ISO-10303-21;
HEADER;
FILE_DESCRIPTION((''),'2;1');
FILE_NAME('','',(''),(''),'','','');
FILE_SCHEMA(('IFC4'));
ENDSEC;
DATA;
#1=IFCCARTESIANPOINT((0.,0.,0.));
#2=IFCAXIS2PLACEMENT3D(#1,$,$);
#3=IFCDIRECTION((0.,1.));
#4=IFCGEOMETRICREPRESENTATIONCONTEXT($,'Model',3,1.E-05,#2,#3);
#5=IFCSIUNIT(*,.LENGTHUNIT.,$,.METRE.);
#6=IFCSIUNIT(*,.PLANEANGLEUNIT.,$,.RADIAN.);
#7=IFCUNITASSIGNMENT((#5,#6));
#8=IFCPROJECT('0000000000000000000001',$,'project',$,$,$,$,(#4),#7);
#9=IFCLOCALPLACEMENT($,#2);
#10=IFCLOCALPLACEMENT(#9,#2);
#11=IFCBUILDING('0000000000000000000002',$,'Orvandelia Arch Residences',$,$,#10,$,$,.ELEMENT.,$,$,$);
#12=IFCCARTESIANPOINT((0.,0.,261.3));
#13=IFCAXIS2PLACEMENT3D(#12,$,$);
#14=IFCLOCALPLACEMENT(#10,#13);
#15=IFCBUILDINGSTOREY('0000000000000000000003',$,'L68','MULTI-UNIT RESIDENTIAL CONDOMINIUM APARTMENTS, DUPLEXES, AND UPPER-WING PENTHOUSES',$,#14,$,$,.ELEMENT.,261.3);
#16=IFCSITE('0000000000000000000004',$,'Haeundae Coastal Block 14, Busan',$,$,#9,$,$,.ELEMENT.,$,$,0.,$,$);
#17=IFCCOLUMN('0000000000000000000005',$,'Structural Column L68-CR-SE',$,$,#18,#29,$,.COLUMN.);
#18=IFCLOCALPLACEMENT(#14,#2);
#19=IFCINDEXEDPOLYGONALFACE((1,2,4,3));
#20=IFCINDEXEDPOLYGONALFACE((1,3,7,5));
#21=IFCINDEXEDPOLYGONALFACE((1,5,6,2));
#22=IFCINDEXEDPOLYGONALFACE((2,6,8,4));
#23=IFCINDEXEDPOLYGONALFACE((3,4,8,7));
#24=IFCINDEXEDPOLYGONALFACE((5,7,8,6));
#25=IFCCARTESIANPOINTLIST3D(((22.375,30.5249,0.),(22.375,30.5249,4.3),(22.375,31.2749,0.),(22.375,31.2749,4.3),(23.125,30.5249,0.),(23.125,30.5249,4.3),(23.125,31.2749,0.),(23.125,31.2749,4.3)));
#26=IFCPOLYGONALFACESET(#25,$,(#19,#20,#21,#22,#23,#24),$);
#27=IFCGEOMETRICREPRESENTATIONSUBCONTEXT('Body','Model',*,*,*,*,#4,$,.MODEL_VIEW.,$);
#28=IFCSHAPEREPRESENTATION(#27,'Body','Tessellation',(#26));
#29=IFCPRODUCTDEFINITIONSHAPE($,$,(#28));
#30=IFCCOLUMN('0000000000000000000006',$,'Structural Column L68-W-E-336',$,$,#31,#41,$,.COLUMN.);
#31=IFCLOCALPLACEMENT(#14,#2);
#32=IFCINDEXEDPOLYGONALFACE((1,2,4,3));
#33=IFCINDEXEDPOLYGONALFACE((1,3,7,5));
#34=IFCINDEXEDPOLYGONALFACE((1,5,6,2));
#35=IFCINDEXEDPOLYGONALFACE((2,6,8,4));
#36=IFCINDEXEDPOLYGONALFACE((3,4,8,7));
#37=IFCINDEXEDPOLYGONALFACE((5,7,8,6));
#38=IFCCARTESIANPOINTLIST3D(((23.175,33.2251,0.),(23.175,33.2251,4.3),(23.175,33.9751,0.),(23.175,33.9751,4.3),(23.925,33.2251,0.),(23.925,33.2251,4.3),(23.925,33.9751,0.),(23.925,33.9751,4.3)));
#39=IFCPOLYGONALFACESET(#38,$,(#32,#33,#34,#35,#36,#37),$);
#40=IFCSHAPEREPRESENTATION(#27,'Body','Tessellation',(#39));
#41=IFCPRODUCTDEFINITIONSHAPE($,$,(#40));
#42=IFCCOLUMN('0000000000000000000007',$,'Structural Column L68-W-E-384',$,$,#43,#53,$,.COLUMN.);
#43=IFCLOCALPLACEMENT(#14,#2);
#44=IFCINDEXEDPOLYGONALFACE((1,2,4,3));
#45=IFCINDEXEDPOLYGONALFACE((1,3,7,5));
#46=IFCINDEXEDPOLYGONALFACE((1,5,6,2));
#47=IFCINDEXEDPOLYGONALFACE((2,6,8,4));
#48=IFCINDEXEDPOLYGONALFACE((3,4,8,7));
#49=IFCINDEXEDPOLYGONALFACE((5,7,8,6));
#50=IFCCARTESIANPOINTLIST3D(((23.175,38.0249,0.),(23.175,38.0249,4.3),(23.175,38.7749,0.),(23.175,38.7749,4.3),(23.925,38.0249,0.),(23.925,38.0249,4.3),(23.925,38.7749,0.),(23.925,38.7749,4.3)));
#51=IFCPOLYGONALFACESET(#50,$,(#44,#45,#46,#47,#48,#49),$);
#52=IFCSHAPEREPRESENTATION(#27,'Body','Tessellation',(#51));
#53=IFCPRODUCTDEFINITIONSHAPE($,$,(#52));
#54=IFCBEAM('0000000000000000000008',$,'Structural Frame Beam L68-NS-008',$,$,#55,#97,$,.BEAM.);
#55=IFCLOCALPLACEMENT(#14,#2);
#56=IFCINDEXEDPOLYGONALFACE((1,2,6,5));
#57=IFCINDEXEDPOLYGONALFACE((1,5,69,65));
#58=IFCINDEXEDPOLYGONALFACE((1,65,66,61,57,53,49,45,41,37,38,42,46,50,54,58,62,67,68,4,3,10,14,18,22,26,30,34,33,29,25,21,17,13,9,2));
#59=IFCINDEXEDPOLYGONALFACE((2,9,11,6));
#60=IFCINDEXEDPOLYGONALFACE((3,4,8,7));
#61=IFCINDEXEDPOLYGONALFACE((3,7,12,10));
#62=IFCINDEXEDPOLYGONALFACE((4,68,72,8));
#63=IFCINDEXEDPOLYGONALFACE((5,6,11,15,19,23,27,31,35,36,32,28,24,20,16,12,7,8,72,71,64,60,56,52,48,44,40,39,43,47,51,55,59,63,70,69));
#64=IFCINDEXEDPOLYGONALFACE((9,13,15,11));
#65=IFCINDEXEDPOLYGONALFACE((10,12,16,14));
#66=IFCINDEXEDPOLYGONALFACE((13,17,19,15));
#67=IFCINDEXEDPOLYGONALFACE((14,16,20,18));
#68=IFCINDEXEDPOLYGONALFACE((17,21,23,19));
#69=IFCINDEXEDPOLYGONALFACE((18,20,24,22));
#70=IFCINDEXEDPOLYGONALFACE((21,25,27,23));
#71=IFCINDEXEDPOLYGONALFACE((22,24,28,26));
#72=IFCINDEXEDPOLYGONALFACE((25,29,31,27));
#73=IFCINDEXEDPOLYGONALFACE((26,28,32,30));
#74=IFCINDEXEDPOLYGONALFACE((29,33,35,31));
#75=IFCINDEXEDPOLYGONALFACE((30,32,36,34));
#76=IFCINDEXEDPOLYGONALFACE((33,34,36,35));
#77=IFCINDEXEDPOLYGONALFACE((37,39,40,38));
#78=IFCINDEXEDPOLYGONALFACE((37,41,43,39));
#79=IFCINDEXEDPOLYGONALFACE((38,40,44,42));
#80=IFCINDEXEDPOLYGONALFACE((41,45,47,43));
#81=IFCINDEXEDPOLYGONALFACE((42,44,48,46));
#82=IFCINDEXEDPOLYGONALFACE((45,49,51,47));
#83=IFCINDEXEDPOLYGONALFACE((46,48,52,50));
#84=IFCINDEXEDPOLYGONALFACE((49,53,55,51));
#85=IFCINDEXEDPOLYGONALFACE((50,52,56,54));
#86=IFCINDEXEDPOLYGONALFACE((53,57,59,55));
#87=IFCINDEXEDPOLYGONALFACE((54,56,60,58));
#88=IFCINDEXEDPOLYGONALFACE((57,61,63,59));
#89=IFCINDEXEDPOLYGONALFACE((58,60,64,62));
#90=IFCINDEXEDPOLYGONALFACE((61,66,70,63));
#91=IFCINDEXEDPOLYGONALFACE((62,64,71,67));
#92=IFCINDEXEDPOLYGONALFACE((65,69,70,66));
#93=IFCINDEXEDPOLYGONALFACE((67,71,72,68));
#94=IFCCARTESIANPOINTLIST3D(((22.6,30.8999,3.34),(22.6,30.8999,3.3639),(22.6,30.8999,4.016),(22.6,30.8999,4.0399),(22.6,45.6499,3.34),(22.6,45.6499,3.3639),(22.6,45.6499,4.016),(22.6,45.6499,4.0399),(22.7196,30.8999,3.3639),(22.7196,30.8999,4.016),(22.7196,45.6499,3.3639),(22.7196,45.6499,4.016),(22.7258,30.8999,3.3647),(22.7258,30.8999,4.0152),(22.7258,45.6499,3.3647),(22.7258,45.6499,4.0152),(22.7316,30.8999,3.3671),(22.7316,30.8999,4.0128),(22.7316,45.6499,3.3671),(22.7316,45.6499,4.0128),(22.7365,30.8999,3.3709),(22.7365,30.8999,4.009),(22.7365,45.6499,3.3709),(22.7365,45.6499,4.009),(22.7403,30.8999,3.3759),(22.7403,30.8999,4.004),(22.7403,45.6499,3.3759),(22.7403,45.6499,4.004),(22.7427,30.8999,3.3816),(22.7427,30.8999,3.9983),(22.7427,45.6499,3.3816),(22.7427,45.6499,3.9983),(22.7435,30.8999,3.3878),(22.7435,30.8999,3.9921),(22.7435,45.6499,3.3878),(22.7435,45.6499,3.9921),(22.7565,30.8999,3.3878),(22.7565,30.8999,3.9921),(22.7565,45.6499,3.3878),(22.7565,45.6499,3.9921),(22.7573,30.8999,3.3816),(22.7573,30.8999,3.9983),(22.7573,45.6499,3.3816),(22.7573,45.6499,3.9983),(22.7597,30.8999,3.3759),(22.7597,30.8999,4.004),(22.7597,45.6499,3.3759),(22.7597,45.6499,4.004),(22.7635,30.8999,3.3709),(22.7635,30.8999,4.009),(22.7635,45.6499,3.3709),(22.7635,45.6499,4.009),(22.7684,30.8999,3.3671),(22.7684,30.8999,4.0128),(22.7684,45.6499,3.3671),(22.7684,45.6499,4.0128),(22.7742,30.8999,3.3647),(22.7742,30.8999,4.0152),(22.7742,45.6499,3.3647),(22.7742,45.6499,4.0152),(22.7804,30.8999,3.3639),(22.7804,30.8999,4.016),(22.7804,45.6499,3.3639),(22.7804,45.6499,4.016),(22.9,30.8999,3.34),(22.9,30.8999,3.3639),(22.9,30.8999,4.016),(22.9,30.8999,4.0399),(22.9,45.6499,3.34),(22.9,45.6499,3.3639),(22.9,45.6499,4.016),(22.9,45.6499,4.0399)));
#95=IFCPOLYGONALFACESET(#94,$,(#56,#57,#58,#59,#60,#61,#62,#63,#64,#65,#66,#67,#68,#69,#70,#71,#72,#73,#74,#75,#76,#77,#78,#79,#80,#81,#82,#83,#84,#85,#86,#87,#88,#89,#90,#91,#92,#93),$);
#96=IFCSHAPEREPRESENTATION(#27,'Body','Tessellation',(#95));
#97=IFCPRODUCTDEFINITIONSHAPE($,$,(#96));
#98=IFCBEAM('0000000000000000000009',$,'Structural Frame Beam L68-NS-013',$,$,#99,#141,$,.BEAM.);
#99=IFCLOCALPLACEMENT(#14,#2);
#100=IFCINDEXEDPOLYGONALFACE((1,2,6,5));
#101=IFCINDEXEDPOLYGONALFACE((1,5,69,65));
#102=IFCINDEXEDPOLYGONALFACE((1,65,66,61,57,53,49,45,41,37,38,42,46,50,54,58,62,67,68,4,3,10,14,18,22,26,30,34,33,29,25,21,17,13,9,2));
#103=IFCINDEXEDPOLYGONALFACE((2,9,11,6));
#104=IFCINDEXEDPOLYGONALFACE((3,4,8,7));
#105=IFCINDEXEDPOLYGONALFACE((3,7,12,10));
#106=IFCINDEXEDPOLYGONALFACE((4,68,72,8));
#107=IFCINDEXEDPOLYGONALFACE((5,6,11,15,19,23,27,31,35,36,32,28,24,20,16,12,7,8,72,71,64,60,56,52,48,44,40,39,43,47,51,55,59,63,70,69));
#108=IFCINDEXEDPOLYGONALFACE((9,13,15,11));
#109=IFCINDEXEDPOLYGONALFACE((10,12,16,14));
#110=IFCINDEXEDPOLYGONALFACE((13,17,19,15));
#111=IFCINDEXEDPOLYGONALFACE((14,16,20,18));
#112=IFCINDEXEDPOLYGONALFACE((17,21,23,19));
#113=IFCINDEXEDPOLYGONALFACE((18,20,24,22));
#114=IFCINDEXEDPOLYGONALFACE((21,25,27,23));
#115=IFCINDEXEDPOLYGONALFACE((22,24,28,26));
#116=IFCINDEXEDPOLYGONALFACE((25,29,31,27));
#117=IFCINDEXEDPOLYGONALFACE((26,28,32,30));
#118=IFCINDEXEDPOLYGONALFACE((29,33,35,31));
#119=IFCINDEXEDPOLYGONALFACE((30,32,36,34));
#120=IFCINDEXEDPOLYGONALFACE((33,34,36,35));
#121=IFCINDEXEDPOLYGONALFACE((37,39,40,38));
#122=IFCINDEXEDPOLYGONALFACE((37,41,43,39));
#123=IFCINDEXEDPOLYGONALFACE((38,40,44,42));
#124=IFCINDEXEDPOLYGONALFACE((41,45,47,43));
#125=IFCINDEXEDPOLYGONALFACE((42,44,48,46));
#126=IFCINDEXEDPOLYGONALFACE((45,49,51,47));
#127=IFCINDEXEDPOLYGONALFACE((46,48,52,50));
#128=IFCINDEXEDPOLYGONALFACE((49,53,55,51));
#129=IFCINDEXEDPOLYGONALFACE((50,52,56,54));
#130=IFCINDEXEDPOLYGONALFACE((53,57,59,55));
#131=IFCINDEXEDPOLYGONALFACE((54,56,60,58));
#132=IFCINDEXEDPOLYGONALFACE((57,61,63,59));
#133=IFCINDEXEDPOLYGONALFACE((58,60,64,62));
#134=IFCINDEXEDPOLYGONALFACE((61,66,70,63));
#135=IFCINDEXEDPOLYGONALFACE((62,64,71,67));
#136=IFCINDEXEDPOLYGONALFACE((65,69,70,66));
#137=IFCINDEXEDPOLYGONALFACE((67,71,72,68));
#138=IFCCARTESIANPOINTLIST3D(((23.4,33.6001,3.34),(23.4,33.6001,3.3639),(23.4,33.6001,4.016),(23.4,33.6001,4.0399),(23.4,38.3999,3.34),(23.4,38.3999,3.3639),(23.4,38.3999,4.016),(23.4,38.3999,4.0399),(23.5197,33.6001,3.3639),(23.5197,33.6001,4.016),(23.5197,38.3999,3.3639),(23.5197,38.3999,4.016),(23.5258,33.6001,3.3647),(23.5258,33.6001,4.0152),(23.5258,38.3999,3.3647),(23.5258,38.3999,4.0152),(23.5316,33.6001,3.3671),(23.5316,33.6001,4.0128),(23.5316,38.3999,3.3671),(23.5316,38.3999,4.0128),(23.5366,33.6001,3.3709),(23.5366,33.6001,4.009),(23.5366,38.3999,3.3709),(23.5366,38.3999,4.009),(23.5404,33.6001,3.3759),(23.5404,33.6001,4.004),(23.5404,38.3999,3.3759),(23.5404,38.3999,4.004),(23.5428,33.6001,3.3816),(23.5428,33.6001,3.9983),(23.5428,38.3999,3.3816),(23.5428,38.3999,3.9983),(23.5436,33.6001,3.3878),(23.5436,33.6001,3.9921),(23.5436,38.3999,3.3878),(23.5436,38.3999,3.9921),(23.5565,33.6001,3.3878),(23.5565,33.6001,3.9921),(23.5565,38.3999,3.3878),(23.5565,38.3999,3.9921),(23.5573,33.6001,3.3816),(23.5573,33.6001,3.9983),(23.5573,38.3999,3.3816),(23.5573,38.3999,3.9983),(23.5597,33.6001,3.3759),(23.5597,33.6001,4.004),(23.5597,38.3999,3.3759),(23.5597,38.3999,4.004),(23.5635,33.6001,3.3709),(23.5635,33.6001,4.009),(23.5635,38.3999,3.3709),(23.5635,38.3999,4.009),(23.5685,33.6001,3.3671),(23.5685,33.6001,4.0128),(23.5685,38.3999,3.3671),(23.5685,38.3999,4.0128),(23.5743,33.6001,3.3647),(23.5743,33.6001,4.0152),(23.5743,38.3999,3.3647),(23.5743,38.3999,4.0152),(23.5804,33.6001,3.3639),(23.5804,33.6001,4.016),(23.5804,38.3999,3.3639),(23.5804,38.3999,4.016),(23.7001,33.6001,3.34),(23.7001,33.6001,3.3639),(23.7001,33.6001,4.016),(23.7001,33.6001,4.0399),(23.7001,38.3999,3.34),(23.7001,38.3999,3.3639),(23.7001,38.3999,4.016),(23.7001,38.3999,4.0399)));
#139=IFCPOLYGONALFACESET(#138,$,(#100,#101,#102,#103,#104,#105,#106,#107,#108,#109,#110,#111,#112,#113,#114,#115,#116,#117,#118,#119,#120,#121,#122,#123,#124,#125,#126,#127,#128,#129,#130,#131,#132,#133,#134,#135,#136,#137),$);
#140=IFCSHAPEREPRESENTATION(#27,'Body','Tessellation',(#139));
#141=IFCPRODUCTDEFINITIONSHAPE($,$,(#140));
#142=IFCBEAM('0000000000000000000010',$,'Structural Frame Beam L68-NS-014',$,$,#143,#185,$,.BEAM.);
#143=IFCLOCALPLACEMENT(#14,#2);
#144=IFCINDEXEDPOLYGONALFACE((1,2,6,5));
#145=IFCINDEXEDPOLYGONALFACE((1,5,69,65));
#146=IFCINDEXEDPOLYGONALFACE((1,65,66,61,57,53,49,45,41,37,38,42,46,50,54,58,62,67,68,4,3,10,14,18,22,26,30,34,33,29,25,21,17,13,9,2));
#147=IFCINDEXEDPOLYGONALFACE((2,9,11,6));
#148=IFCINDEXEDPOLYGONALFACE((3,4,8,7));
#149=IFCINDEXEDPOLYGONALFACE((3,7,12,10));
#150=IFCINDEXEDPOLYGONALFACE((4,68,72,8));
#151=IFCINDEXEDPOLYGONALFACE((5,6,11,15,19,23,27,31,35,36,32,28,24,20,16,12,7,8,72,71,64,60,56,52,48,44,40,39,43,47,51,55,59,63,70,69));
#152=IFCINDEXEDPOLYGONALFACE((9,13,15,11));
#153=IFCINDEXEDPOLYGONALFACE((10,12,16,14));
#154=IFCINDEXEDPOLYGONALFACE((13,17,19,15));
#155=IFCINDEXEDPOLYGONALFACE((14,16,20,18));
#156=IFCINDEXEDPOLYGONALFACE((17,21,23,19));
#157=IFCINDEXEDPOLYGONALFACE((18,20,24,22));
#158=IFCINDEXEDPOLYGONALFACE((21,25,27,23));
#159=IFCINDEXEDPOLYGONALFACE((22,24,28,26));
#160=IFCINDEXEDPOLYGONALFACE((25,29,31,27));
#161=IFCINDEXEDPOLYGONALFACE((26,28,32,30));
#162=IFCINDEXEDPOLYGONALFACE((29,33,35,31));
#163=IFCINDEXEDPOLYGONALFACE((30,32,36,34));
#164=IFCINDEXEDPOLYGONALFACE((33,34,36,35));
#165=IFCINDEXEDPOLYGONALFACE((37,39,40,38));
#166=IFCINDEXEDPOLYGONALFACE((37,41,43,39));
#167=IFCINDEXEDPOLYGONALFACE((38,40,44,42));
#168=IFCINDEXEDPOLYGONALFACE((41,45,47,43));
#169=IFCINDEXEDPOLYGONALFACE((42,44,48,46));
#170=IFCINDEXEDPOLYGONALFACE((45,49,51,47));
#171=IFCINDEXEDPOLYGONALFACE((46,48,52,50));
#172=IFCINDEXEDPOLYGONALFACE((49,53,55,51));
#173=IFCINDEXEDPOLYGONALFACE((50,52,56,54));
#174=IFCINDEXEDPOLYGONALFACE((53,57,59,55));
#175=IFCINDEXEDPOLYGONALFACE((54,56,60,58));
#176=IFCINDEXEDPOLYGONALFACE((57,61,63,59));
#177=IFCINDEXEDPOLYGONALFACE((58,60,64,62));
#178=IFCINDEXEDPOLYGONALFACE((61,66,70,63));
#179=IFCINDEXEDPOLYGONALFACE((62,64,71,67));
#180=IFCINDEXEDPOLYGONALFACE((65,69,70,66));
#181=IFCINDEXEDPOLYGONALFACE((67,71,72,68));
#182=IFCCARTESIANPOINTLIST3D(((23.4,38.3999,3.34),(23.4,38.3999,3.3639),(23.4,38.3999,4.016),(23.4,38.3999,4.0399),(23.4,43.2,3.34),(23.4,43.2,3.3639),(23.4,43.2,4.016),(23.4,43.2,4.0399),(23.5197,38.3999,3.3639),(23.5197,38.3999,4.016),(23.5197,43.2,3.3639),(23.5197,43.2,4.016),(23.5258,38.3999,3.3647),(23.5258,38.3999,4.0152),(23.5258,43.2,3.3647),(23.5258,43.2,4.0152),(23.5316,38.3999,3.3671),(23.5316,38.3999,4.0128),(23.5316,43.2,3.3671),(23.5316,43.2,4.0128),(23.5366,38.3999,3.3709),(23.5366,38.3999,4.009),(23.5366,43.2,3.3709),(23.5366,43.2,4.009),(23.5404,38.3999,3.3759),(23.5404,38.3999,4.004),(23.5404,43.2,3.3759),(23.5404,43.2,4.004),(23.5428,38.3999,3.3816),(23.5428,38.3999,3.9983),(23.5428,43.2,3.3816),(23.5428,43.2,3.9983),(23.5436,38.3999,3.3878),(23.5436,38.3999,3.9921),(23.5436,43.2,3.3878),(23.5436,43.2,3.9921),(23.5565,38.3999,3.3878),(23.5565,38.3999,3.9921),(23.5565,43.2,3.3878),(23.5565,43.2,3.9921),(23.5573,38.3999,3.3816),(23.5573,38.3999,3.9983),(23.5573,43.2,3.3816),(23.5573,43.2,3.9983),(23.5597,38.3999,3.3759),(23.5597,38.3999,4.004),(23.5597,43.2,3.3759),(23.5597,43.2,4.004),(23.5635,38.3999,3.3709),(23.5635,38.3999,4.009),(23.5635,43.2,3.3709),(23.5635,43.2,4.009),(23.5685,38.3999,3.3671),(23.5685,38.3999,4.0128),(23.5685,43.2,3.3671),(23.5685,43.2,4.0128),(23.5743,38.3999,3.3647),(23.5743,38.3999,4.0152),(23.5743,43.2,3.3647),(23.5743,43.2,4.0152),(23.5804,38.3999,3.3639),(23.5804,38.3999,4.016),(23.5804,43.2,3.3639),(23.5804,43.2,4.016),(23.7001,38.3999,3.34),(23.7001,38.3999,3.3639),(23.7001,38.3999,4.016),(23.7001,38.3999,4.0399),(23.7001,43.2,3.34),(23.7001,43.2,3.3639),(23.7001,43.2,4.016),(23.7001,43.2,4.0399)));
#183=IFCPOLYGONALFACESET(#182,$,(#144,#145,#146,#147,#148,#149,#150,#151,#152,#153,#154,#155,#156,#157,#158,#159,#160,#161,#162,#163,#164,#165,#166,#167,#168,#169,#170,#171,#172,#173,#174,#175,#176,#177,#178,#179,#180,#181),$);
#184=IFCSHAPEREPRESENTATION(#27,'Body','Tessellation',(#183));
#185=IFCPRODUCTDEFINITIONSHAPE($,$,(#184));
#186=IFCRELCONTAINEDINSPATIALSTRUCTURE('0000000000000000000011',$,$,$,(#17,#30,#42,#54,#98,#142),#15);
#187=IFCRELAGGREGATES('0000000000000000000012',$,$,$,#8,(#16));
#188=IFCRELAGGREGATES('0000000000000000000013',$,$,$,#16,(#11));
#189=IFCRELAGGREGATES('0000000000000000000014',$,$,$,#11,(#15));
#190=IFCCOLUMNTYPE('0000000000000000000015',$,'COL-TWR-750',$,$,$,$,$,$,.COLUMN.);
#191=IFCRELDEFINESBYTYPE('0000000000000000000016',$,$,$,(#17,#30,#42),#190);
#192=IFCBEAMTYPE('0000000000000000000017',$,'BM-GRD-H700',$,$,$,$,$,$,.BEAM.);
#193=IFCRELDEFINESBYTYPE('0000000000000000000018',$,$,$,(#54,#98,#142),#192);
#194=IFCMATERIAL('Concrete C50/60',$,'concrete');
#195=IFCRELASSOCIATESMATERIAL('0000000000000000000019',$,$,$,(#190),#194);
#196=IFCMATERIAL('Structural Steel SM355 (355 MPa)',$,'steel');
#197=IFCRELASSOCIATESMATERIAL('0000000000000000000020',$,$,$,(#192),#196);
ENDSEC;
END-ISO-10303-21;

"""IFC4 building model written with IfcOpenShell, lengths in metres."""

from ifc_helpers import new_model, si_unit, direction, frame, origin, origin_2d, place, context, subcontext, project, spatial, rectangle, i_section, extrude, material, material_profile, profile_set, type_object, element, save


model = new_model("IFC4")

# Units and contexts
model_context = context("Model", 3, precision=1e-05, world=origin(), true_north=direction((0.0, 1.0)))
body_context = subcontext(model_context, "Body", "Model", "MODEL_VIEW")
ifc_project = project(units=[si_unit("LENGTHUNIT", "METRE"), si_unit("PLANEANGLEUNIT", "RADIAN")], contexts=[model_context])

# Site, building, storey
site_placement = place(None, origin())
site = spatial("IfcSite", under=ifc_project, at=site_placement, Name="Haeundae Coastal Block 14, Busan", CompositionType="ELEMENT", RefElevation=0.0)
building_placement = place(site_placement, origin())
building = spatial("IfcBuilding", under=site, at=building_placement, Name="Orvandelia Arch Residences", CompositionType="ELEMENT")
storey_placement = place(building_placement, frame((0.0, 0.0, 261.3)))
storey = spatial("IfcBuildingStorey", under=building, at=storey_placement, Name="L68", Description="MULTI-UNIT RESIDENTIAL CONDOMINIUM APARTMENTS, DUPLEXES, AND UPPER-WING PENTHOUSES", CompositionType="ELEMENT", Elevation=261.3)

# Columns
ifc_material_1 = material(Name="Concrete C50/60", Category="concrete")
ifc_material_profile_1 = material_profile(ifc_material_1, rectangle(XDim=0.75, YDim=0.75, at=origin_2d()), Name="Concrete C50/60", Category="concrete")
ifc_profile_set_1 = profile_set([ifc_material_profile_1], Name="Concrete C50/60")
column_type = type_object("IfcColumnType", Name="COL-TWR-750", PredefinedType="COLUMN", material=ifc_profile_set_1)
for number, where, z_axis, x_axis, name in (
    (1, (22.75, 30.8999, 0.0), (0.0, 0.0, 1.0), (1.0, 0.0, 0.0), "Structural Column L68-CR-SE"),
    (2, (23.55, 33.6001, 0.0), (0.0, 0.0, 1.0), (1.0, 0.0, 0.0), "Structural Column L68-W-E-336"),
    (3, (23.55, 38.3999, 0.0), (0.0, 0.0, 1.0), (1.0, 0.0, 0.0), "Structural Column L68-W-E-384"),
):
    element("IfcColumn", number, at=place(storey_placement, frame(where, z_axis=z_axis, x_axis=x_axis)), inside=storey, type_object=column_type, Name=name, PredefinedType="COLUMN", context=body_context, shape_type="SweptSolid", body=[
        extrude(rectangle(XDim=0.75, YDim=0.75, at=origin_2d()), origin(), (0.0, 0.0, 1.0), 4.3),
    ])

# Beams
ifc_material_2 = material(Name="Structural Steel SM355 (355 MPa)", Category="steel")
ifc_material_profile_2 = material_profile(ifc_material_2, i_section(OverallWidth=0.3, OverallDepth=0.7, WebThickness=0.0129, FlangeThickness=0.0239, FilletRadius=0.0239, at=origin_2d()), Name="Structural Steel SM355 (355 MPa)", Category="steel")
ifc_profile_set_2 = profile_set([ifc_material_profile_2], Name="Structural Steel SM355 (355 MPa)")
beam_type = type_object("IfcBeamType", Name="BM-GRD-H700", PredefinedType="BEAM", material=ifc_profile_set_2)
beam_1_placement = place(storey_placement, frame((22.75, 30.8999, 3.6899), z_axis=(0.0, 1.0, 0.0), x_axis=(-1.0, 0.0, 0.0)))
element("IfcBeam", 4, at=beam_1_placement, inside=storey, type_object=beam_type, Name="Structural Frame Beam L68-NS-008", PredefinedType="BEAM", context=body_context, shape_type="SweptSolid", body=[
    extrude(i_section(OverallWidth=0.3, OverallDepth=0.7, WebThickness=0.0129, FlangeThickness=0.0239, FilletRadius=0.0239, at=origin_2d()), origin(), (0.0, 0.0, 1.0), 14.75),
])
beam_2_placement = place(storey_placement, frame((23.55, 33.6001, 3.6899), z_axis=(0.0, 1.0, 0.0), x_axis=(-1.0, 0.0, 0.0)))
element("IfcBeam", 5, at=beam_2_placement, inside=storey, type_object=beam_type, Name="Structural Frame Beam L68-NS-013", PredefinedType="BEAM", context=body_context, shape_type="SweptSolid", body=[
    extrude(i_section(OverallWidth=0.3, OverallDepth=0.7, WebThickness=0.0129, FlangeThickness=0.0239, FilletRadius=0.0239, at=origin_2d()), origin(), (0.0, 0.0, 1.0), 4.7998),
])
beam_3_placement = place(storey_placement, frame((23.55, 38.3999, 3.6899), z_axis=(0.0, 1.0, 0.0), x_axis=(-1.0, 0.0, 0.0)))
element("IfcBeam", 6, at=beam_3_placement, inside=storey, type_object=beam_type, Name="Structural Frame Beam L68-NS-014", PredefinedType="BEAM", context=body_context, shape_type="SweptSolid", body=[
    extrude(i_section(OverallWidth=0.3, OverallDepth=0.7, WebThickness=0.0129, FlangeThickness=0.0239, FilletRadius=0.0239, at=origin_2d()), origin(), (0.0, 0.0, 1.0), 4.8),
])

save(model, "model.ifc")
